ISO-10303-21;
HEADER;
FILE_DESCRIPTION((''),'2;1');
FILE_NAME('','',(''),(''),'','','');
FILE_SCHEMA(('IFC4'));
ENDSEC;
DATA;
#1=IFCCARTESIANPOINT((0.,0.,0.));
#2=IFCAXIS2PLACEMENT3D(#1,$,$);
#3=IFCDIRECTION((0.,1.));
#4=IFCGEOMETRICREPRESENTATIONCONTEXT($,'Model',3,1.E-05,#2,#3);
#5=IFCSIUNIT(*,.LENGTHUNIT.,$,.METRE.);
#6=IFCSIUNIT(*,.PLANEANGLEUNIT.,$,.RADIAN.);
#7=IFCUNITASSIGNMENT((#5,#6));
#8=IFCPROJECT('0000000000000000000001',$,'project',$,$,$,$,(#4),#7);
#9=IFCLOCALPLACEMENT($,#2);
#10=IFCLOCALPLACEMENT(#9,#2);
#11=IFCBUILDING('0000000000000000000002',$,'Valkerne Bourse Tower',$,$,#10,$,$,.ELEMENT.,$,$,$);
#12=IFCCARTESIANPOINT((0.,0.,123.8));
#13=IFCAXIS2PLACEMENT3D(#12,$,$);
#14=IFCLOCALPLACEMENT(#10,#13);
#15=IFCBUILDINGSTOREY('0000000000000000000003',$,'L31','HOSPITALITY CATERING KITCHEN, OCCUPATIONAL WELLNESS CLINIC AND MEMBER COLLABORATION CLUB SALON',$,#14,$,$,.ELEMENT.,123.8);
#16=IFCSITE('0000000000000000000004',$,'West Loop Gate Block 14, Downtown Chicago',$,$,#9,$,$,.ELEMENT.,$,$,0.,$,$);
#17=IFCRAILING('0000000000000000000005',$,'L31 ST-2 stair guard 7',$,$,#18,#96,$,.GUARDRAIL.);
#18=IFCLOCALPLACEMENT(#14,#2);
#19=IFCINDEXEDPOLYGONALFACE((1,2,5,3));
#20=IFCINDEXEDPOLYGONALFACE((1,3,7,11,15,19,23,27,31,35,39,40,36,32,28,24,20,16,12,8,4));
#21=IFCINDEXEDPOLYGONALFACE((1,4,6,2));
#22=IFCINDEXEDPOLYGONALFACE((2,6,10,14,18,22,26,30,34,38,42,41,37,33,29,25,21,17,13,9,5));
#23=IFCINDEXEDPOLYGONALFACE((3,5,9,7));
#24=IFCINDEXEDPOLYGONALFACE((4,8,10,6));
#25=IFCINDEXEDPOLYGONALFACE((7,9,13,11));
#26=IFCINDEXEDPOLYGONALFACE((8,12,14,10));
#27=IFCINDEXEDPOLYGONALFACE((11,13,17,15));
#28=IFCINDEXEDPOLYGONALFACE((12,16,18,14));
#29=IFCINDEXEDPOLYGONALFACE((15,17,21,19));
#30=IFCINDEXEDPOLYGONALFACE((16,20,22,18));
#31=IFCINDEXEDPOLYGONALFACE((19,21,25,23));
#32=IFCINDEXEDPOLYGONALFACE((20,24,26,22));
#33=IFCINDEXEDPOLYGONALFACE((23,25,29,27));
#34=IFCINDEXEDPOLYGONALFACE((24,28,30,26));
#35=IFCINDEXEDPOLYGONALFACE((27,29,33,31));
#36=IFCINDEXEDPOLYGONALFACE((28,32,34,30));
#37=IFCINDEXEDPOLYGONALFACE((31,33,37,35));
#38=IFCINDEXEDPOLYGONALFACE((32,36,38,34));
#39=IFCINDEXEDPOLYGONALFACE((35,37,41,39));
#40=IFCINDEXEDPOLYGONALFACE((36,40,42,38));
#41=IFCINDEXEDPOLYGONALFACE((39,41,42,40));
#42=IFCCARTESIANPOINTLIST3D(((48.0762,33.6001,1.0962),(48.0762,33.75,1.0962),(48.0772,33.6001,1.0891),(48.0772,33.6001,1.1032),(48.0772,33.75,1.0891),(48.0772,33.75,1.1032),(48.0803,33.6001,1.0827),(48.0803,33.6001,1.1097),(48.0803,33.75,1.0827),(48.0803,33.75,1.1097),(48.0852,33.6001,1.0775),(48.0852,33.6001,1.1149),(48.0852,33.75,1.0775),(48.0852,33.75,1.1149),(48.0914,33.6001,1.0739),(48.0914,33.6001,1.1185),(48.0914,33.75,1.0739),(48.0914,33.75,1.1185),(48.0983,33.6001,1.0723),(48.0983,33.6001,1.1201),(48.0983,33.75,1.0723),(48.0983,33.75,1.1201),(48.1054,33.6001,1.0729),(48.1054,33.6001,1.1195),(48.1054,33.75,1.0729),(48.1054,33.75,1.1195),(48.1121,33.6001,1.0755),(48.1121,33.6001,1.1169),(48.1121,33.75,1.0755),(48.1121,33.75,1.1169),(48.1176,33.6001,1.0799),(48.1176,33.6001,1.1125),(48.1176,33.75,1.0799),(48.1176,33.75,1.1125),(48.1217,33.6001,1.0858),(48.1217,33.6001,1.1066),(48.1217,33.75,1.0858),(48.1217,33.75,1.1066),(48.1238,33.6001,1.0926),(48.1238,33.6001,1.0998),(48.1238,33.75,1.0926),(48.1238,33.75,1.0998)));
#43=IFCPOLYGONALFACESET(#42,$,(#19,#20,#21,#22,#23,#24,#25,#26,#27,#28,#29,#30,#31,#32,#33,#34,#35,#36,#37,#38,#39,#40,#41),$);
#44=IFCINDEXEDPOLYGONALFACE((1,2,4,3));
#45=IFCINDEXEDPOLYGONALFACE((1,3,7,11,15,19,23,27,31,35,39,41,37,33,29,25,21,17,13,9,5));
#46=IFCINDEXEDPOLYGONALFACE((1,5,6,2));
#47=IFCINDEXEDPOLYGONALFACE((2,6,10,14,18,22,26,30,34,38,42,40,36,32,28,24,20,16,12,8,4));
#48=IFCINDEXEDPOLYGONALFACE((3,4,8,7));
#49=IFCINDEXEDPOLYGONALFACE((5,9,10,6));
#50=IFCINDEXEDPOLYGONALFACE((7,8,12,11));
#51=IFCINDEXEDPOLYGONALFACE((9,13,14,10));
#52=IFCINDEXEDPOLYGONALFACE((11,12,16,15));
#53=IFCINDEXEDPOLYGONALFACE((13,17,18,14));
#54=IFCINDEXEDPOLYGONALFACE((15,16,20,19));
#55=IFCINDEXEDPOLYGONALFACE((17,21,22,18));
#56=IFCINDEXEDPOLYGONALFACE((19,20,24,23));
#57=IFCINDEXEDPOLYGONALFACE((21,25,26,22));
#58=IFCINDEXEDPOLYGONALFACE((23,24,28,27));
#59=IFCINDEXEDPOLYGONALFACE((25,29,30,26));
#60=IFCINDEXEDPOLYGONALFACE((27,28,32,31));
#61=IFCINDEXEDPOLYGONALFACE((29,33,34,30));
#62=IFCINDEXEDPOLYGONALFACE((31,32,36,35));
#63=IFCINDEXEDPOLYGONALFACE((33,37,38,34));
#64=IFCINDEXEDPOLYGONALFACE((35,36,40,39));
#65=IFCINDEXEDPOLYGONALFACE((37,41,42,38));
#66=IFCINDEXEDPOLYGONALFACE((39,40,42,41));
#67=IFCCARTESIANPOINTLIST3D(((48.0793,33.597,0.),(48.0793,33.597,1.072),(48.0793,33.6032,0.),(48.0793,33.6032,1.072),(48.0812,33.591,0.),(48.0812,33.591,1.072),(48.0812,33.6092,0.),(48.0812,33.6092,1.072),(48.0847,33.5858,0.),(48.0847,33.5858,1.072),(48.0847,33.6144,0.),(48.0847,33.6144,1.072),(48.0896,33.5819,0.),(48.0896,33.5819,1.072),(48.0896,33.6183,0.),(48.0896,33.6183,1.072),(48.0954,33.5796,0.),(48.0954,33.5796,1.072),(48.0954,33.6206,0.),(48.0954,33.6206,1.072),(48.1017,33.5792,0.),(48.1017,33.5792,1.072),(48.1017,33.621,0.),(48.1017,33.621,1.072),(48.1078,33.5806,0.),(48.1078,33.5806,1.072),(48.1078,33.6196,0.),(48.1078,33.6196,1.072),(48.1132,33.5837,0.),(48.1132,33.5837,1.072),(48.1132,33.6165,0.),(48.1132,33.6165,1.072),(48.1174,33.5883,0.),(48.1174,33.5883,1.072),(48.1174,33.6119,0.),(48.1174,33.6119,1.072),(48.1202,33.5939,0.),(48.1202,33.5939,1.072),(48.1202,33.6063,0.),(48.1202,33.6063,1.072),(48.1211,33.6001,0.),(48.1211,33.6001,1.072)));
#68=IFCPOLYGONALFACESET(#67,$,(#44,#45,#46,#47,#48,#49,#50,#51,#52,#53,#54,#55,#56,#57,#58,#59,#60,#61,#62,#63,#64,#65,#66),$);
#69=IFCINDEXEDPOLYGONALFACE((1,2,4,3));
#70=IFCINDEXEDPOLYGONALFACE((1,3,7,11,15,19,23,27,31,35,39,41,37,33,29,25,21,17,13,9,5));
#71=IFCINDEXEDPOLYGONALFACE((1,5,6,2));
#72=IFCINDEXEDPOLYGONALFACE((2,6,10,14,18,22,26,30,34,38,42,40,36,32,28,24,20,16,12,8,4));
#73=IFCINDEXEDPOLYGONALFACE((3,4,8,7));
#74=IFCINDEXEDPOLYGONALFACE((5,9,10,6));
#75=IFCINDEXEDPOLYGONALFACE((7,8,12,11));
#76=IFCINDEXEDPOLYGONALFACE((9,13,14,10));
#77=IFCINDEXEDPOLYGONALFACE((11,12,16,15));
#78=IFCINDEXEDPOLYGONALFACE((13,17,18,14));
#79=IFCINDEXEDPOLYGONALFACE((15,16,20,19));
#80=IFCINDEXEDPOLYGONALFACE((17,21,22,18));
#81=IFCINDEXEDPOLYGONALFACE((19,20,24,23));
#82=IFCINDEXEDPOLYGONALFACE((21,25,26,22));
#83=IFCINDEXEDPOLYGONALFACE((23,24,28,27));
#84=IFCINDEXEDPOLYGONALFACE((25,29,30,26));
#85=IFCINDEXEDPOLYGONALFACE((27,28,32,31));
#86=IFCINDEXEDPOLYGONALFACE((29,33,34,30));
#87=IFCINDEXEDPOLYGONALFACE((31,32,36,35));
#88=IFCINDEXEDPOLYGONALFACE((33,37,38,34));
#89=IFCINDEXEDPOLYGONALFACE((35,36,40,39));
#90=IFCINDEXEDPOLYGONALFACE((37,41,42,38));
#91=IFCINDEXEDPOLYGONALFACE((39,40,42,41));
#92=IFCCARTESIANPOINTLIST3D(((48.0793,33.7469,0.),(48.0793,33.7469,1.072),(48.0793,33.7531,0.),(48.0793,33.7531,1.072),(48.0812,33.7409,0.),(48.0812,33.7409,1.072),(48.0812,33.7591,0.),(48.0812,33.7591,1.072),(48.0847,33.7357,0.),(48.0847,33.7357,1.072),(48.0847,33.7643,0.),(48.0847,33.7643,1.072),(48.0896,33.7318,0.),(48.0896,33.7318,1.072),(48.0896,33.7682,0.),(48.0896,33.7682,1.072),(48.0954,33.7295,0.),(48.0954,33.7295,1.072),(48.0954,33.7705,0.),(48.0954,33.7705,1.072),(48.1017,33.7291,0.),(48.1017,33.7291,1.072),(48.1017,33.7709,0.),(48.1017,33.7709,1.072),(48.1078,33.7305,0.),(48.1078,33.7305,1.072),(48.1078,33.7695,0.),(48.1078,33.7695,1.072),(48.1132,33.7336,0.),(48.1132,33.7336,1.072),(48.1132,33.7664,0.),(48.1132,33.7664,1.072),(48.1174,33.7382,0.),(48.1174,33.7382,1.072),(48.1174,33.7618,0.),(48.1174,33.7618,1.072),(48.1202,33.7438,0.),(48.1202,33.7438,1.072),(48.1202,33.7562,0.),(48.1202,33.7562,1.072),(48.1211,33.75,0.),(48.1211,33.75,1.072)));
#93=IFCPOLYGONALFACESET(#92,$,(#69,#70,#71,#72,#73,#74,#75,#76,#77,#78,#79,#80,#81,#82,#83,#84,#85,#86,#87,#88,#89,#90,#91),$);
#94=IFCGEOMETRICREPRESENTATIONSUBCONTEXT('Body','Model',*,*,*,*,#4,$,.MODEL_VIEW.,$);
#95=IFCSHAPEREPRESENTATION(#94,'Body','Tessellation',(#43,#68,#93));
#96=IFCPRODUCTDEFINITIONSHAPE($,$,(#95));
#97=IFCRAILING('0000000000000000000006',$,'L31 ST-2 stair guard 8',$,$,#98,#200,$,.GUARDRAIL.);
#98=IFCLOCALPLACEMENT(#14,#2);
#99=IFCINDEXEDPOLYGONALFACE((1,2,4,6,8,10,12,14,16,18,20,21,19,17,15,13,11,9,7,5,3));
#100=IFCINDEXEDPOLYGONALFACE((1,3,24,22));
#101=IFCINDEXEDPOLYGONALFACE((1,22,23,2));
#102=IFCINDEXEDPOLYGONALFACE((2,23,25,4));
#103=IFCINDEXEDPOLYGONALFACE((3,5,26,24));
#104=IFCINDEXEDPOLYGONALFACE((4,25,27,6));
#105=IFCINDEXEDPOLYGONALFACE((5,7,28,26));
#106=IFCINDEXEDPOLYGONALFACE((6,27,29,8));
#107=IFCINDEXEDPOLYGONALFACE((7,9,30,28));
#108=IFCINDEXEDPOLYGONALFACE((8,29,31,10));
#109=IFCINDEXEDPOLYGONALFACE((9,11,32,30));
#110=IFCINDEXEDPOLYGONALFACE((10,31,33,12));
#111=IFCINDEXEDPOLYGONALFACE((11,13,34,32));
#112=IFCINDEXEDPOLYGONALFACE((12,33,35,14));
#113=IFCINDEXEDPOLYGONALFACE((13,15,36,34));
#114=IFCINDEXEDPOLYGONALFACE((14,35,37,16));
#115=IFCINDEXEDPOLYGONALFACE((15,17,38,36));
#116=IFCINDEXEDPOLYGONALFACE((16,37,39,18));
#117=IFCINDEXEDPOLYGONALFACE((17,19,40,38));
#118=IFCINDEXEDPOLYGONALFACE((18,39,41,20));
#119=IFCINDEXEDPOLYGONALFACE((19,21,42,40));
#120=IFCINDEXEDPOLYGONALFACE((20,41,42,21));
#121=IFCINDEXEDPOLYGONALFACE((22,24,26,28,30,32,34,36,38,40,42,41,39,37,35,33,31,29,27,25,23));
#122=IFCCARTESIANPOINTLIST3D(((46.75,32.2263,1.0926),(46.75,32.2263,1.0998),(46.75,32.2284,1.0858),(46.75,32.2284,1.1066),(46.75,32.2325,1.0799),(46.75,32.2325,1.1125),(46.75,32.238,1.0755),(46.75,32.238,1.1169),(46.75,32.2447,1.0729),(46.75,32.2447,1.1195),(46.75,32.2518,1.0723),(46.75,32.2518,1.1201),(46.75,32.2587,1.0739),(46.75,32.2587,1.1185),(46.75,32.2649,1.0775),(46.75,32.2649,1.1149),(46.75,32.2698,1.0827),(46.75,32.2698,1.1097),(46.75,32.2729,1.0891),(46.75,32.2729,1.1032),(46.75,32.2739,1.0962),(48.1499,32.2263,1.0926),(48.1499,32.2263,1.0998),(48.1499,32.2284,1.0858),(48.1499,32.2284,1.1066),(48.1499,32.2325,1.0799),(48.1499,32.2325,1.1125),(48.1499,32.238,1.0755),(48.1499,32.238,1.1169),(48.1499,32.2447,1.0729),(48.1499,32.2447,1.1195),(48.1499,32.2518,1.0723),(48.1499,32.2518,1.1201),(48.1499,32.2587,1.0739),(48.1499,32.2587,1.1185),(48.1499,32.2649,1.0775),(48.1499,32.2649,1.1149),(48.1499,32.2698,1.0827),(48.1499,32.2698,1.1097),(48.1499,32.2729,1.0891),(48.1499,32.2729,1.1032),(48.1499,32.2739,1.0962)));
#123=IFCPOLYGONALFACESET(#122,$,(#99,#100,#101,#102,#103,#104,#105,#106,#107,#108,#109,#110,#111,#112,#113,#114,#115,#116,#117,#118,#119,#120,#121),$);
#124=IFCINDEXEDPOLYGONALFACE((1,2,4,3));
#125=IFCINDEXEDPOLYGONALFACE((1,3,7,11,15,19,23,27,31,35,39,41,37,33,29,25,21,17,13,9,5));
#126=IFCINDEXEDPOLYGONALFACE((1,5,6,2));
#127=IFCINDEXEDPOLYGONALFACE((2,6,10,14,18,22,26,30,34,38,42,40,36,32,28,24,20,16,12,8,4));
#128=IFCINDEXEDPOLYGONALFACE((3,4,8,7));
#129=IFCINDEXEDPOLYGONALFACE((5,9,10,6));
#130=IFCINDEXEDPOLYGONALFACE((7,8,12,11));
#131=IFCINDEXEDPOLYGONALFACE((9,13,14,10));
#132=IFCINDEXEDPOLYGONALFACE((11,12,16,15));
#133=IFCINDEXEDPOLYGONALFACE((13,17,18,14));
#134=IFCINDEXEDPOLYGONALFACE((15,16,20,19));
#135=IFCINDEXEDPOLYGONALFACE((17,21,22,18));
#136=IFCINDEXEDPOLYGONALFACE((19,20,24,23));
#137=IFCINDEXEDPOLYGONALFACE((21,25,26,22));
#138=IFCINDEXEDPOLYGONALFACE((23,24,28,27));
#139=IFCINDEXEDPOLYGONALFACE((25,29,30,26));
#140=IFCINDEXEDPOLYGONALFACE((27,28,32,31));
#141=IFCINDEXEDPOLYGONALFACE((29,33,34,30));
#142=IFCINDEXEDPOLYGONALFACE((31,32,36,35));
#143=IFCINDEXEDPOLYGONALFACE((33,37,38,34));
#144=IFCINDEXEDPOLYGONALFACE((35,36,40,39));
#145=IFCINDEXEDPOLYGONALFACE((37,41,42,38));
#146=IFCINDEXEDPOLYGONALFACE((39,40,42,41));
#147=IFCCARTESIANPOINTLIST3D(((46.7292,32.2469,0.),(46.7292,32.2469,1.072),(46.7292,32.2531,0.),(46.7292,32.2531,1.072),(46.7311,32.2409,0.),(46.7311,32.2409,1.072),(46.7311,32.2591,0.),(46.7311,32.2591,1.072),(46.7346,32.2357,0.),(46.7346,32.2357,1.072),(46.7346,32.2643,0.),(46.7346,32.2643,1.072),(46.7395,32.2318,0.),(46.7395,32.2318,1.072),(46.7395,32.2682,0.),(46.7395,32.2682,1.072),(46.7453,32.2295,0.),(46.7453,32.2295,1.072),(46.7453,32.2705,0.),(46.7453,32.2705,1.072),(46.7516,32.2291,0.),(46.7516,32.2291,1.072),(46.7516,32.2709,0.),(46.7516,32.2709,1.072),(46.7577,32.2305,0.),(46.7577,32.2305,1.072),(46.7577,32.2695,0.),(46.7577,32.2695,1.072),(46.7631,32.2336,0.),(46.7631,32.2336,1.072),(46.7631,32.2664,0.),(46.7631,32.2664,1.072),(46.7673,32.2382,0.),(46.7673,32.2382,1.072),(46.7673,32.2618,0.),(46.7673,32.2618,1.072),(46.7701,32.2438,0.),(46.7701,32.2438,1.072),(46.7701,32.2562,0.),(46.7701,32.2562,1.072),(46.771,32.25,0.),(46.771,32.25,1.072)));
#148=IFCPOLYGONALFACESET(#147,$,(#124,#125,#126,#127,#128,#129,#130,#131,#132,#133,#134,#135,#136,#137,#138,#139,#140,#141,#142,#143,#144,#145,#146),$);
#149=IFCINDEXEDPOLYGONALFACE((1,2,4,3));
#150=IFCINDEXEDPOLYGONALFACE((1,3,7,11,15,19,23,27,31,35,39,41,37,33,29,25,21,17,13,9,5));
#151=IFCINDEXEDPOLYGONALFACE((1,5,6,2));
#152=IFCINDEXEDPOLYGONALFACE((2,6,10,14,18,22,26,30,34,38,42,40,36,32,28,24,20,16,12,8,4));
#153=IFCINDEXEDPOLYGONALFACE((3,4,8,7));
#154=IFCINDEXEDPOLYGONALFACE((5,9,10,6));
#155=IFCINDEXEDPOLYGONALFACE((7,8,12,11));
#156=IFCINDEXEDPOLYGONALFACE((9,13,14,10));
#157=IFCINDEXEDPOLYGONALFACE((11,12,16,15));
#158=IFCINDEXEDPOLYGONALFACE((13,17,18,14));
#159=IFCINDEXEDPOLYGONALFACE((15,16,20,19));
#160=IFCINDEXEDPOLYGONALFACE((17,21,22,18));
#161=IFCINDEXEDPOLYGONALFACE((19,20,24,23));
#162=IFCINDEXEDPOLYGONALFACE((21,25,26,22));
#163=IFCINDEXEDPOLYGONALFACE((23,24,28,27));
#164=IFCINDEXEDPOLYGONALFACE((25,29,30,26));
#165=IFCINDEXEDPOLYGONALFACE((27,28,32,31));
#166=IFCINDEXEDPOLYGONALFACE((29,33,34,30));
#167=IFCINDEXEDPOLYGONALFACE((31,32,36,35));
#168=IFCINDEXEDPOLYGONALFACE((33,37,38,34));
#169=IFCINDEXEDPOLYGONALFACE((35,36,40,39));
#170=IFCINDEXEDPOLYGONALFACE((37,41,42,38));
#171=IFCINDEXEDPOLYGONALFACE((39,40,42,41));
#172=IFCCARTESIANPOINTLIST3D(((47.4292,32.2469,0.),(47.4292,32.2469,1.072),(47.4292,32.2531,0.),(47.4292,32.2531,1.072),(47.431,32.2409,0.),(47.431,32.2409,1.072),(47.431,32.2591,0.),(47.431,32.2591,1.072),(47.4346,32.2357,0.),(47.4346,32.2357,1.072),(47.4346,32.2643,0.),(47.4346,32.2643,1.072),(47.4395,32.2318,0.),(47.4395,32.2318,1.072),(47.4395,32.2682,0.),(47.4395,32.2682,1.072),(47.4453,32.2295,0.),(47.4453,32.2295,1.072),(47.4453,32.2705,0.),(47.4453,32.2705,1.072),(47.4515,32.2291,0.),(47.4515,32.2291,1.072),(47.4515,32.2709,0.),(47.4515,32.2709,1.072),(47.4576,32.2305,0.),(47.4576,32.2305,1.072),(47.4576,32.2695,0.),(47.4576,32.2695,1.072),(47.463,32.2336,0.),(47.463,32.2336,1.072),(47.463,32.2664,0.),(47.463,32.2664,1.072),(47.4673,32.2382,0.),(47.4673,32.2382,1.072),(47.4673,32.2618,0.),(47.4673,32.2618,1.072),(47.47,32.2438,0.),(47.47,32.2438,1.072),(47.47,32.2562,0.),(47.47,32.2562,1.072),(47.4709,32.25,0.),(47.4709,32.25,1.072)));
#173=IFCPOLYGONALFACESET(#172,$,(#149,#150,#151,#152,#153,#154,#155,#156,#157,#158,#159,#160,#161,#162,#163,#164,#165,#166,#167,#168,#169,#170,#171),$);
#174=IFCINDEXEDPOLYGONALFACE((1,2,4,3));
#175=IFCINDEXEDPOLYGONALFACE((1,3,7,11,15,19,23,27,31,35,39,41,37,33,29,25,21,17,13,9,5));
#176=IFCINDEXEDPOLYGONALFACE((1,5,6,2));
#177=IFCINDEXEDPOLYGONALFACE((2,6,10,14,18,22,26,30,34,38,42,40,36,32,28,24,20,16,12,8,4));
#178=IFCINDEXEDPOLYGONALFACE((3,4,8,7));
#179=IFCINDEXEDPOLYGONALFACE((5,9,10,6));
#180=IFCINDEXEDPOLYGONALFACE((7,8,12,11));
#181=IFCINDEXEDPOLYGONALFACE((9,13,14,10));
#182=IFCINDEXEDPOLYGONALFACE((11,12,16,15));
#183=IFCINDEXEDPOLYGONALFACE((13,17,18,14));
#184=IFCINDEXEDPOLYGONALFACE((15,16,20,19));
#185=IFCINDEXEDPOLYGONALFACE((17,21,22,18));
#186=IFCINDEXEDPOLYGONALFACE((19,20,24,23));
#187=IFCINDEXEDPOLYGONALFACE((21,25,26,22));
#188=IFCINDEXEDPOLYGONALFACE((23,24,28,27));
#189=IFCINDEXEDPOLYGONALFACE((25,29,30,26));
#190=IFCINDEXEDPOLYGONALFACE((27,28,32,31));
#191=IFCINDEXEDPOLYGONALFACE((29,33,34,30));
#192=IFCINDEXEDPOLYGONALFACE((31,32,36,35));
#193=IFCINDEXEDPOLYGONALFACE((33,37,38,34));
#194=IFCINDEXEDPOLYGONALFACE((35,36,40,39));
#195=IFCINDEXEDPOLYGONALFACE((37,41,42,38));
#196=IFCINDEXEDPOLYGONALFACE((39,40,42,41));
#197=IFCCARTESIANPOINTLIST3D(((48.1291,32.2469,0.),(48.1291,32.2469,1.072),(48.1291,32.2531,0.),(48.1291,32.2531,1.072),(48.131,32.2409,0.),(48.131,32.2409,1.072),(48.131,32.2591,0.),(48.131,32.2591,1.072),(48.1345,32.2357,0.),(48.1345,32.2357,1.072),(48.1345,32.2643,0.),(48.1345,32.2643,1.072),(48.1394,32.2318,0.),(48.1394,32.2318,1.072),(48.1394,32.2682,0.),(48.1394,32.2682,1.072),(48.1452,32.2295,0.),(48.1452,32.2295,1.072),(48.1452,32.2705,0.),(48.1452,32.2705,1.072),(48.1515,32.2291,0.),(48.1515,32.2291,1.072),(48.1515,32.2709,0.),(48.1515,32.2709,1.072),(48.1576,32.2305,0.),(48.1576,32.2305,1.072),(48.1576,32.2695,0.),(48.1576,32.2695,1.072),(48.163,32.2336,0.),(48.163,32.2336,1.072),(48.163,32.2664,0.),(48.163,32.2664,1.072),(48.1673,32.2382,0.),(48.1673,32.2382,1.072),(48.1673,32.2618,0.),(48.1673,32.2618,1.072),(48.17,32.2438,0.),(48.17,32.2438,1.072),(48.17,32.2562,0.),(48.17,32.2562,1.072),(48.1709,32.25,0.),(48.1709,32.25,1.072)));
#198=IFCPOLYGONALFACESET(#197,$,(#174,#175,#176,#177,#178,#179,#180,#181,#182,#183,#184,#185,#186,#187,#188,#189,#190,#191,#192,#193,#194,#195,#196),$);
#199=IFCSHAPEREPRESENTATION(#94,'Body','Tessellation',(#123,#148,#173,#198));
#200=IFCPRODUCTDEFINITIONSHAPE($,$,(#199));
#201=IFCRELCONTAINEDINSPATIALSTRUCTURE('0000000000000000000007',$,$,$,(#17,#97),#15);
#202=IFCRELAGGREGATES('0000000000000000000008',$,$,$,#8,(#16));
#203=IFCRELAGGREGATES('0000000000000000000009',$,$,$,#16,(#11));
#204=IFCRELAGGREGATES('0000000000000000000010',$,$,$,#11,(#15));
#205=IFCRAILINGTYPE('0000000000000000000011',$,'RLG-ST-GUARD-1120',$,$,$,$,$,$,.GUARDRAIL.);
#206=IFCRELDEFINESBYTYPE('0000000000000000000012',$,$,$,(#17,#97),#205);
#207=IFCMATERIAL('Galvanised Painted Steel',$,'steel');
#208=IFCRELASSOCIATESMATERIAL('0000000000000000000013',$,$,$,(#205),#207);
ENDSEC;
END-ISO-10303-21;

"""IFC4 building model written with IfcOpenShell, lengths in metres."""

from ifc_helpers import new_model, si_unit, direction, frame, origin, origin_2d, place, context, subcontext, project, spatial, circle, extrude, material, type_object, element, save


model = new_model("IFC4")

# Units and contexts
model_context = context("Model", 3, precision=1e-05, world=origin(), true_north=direction((0.0, 1.0)))
body_context = subcontext(model_context, "Body", "Model", "MODEL_VIEW")
ifc_project = project(units=[si_unit("LENGTHUNIT", "METRE"), si_unit("PLANEANGLEUNIT", "RADIAN")], contexts=[model_context])

# Site, building, storey
site_placement = place(None, origin())
site = spatial("IfcSite", under=ifc_project, at=site_placement, Name="West Loop Gate Block 14, Downtown Chicago", CompositionType="ELEMENT", RefElevation=0.0)
building_placement = place(site_placement, origin())
building = spatial("IfcBuilding", under=site, at=building_placement, Name="Valkerne Bourse Tower", CompositionType="ELEMENT")
storey_placement = place(building_placement, frame((0.0, 0.0, 123.8)))
storey = spatial("IfcBuildingStorey", under=building, at=storey_placement, Name="L31", Description="HOSPITALITY CATERING KITCHEN, OCCUPATIONAL WELLNESS CLINIC AND MEMBER COLLABORATION CLUB SALON", CompositionType="ELEMENT", Elevation=123.8)

# Shared definitions
ifc_material_1 = material(Name="Galvanised Painted Steel", Category="steel")

# Railings
railing_type_1 = type_object("IfcRailingType", Name="RLG-ST-GUARD-1120", PredefinedType="GUARDRAIL", material=ifc_material_1)
railing_1_placement = place(storey_placement, frame((48.1001, 33.6001, 0.0)))
element("IfcRailing", 1, at=railing_1_placement, inside=storey, type_object=railing_type_1, Name="L31 ST-2 stair guard 7", PredefinedType="GUARDRAIL", context=body_context, shape_type="SweptSolid", body=[
    extrude(circle(Radius=0.0239, at=origin_2d()), frame((0.0, 0.0, 1.0962), z_axis=(0.0, 1.0, 0.0), x_axis=(-1.0, 0.0, 0.0)), (0.0, 0.0, 1.0), 0.1499),
    extrude(circle(Radius=0.021, at=origin_2d()), origin(), (0.0, 0.0, 1.0), 1.072),
    extrude(circle(Radius=0.021, at=origin_2d()), frame((0.0, 0.1499, 0.0)), (0.0, 0.0, 1.0), 1.072),
])
for number, where, name in (
    (2, (46.75, 32.25, 0.0), "L31 ST-2 stair guard 8"),
):
    element("IfcRailing", number, at=place(storey_placement, frame(where)), inside=storey, type_object=railing_type_1, Name=name, PredefinedType="GUARDRAIL", context=body_context, shape_type="SweptSolid", body=[
        extrude(circle(Radius=0.0239, at=origin_2d()), frame((0.0, 0.0, 1.0962), z_axis=(1.0, 0.0, 0.0), x_axis=(0.0, 1.0, 0.0)), (0.0, 0.0, 1.0), 1.3999),
        extrude(circle(Radius=0.021, at=origin_2d()), origin(), (0.0, 0.0, 1.0), 1.072),
        extrude(circle(Radius=0.021, at=origin_2d()), frame((0.7, 0.0, 0.0)), (0.0, 0.0, 1.0), 1.072),
        extrude(circle(Radius=0.021, at=origin_2d()), frame((1.3999, 0.0, 0.0)), (0.0, 0.0, 1.0), 1.072),
    ])

save(model, "model.ifc")
